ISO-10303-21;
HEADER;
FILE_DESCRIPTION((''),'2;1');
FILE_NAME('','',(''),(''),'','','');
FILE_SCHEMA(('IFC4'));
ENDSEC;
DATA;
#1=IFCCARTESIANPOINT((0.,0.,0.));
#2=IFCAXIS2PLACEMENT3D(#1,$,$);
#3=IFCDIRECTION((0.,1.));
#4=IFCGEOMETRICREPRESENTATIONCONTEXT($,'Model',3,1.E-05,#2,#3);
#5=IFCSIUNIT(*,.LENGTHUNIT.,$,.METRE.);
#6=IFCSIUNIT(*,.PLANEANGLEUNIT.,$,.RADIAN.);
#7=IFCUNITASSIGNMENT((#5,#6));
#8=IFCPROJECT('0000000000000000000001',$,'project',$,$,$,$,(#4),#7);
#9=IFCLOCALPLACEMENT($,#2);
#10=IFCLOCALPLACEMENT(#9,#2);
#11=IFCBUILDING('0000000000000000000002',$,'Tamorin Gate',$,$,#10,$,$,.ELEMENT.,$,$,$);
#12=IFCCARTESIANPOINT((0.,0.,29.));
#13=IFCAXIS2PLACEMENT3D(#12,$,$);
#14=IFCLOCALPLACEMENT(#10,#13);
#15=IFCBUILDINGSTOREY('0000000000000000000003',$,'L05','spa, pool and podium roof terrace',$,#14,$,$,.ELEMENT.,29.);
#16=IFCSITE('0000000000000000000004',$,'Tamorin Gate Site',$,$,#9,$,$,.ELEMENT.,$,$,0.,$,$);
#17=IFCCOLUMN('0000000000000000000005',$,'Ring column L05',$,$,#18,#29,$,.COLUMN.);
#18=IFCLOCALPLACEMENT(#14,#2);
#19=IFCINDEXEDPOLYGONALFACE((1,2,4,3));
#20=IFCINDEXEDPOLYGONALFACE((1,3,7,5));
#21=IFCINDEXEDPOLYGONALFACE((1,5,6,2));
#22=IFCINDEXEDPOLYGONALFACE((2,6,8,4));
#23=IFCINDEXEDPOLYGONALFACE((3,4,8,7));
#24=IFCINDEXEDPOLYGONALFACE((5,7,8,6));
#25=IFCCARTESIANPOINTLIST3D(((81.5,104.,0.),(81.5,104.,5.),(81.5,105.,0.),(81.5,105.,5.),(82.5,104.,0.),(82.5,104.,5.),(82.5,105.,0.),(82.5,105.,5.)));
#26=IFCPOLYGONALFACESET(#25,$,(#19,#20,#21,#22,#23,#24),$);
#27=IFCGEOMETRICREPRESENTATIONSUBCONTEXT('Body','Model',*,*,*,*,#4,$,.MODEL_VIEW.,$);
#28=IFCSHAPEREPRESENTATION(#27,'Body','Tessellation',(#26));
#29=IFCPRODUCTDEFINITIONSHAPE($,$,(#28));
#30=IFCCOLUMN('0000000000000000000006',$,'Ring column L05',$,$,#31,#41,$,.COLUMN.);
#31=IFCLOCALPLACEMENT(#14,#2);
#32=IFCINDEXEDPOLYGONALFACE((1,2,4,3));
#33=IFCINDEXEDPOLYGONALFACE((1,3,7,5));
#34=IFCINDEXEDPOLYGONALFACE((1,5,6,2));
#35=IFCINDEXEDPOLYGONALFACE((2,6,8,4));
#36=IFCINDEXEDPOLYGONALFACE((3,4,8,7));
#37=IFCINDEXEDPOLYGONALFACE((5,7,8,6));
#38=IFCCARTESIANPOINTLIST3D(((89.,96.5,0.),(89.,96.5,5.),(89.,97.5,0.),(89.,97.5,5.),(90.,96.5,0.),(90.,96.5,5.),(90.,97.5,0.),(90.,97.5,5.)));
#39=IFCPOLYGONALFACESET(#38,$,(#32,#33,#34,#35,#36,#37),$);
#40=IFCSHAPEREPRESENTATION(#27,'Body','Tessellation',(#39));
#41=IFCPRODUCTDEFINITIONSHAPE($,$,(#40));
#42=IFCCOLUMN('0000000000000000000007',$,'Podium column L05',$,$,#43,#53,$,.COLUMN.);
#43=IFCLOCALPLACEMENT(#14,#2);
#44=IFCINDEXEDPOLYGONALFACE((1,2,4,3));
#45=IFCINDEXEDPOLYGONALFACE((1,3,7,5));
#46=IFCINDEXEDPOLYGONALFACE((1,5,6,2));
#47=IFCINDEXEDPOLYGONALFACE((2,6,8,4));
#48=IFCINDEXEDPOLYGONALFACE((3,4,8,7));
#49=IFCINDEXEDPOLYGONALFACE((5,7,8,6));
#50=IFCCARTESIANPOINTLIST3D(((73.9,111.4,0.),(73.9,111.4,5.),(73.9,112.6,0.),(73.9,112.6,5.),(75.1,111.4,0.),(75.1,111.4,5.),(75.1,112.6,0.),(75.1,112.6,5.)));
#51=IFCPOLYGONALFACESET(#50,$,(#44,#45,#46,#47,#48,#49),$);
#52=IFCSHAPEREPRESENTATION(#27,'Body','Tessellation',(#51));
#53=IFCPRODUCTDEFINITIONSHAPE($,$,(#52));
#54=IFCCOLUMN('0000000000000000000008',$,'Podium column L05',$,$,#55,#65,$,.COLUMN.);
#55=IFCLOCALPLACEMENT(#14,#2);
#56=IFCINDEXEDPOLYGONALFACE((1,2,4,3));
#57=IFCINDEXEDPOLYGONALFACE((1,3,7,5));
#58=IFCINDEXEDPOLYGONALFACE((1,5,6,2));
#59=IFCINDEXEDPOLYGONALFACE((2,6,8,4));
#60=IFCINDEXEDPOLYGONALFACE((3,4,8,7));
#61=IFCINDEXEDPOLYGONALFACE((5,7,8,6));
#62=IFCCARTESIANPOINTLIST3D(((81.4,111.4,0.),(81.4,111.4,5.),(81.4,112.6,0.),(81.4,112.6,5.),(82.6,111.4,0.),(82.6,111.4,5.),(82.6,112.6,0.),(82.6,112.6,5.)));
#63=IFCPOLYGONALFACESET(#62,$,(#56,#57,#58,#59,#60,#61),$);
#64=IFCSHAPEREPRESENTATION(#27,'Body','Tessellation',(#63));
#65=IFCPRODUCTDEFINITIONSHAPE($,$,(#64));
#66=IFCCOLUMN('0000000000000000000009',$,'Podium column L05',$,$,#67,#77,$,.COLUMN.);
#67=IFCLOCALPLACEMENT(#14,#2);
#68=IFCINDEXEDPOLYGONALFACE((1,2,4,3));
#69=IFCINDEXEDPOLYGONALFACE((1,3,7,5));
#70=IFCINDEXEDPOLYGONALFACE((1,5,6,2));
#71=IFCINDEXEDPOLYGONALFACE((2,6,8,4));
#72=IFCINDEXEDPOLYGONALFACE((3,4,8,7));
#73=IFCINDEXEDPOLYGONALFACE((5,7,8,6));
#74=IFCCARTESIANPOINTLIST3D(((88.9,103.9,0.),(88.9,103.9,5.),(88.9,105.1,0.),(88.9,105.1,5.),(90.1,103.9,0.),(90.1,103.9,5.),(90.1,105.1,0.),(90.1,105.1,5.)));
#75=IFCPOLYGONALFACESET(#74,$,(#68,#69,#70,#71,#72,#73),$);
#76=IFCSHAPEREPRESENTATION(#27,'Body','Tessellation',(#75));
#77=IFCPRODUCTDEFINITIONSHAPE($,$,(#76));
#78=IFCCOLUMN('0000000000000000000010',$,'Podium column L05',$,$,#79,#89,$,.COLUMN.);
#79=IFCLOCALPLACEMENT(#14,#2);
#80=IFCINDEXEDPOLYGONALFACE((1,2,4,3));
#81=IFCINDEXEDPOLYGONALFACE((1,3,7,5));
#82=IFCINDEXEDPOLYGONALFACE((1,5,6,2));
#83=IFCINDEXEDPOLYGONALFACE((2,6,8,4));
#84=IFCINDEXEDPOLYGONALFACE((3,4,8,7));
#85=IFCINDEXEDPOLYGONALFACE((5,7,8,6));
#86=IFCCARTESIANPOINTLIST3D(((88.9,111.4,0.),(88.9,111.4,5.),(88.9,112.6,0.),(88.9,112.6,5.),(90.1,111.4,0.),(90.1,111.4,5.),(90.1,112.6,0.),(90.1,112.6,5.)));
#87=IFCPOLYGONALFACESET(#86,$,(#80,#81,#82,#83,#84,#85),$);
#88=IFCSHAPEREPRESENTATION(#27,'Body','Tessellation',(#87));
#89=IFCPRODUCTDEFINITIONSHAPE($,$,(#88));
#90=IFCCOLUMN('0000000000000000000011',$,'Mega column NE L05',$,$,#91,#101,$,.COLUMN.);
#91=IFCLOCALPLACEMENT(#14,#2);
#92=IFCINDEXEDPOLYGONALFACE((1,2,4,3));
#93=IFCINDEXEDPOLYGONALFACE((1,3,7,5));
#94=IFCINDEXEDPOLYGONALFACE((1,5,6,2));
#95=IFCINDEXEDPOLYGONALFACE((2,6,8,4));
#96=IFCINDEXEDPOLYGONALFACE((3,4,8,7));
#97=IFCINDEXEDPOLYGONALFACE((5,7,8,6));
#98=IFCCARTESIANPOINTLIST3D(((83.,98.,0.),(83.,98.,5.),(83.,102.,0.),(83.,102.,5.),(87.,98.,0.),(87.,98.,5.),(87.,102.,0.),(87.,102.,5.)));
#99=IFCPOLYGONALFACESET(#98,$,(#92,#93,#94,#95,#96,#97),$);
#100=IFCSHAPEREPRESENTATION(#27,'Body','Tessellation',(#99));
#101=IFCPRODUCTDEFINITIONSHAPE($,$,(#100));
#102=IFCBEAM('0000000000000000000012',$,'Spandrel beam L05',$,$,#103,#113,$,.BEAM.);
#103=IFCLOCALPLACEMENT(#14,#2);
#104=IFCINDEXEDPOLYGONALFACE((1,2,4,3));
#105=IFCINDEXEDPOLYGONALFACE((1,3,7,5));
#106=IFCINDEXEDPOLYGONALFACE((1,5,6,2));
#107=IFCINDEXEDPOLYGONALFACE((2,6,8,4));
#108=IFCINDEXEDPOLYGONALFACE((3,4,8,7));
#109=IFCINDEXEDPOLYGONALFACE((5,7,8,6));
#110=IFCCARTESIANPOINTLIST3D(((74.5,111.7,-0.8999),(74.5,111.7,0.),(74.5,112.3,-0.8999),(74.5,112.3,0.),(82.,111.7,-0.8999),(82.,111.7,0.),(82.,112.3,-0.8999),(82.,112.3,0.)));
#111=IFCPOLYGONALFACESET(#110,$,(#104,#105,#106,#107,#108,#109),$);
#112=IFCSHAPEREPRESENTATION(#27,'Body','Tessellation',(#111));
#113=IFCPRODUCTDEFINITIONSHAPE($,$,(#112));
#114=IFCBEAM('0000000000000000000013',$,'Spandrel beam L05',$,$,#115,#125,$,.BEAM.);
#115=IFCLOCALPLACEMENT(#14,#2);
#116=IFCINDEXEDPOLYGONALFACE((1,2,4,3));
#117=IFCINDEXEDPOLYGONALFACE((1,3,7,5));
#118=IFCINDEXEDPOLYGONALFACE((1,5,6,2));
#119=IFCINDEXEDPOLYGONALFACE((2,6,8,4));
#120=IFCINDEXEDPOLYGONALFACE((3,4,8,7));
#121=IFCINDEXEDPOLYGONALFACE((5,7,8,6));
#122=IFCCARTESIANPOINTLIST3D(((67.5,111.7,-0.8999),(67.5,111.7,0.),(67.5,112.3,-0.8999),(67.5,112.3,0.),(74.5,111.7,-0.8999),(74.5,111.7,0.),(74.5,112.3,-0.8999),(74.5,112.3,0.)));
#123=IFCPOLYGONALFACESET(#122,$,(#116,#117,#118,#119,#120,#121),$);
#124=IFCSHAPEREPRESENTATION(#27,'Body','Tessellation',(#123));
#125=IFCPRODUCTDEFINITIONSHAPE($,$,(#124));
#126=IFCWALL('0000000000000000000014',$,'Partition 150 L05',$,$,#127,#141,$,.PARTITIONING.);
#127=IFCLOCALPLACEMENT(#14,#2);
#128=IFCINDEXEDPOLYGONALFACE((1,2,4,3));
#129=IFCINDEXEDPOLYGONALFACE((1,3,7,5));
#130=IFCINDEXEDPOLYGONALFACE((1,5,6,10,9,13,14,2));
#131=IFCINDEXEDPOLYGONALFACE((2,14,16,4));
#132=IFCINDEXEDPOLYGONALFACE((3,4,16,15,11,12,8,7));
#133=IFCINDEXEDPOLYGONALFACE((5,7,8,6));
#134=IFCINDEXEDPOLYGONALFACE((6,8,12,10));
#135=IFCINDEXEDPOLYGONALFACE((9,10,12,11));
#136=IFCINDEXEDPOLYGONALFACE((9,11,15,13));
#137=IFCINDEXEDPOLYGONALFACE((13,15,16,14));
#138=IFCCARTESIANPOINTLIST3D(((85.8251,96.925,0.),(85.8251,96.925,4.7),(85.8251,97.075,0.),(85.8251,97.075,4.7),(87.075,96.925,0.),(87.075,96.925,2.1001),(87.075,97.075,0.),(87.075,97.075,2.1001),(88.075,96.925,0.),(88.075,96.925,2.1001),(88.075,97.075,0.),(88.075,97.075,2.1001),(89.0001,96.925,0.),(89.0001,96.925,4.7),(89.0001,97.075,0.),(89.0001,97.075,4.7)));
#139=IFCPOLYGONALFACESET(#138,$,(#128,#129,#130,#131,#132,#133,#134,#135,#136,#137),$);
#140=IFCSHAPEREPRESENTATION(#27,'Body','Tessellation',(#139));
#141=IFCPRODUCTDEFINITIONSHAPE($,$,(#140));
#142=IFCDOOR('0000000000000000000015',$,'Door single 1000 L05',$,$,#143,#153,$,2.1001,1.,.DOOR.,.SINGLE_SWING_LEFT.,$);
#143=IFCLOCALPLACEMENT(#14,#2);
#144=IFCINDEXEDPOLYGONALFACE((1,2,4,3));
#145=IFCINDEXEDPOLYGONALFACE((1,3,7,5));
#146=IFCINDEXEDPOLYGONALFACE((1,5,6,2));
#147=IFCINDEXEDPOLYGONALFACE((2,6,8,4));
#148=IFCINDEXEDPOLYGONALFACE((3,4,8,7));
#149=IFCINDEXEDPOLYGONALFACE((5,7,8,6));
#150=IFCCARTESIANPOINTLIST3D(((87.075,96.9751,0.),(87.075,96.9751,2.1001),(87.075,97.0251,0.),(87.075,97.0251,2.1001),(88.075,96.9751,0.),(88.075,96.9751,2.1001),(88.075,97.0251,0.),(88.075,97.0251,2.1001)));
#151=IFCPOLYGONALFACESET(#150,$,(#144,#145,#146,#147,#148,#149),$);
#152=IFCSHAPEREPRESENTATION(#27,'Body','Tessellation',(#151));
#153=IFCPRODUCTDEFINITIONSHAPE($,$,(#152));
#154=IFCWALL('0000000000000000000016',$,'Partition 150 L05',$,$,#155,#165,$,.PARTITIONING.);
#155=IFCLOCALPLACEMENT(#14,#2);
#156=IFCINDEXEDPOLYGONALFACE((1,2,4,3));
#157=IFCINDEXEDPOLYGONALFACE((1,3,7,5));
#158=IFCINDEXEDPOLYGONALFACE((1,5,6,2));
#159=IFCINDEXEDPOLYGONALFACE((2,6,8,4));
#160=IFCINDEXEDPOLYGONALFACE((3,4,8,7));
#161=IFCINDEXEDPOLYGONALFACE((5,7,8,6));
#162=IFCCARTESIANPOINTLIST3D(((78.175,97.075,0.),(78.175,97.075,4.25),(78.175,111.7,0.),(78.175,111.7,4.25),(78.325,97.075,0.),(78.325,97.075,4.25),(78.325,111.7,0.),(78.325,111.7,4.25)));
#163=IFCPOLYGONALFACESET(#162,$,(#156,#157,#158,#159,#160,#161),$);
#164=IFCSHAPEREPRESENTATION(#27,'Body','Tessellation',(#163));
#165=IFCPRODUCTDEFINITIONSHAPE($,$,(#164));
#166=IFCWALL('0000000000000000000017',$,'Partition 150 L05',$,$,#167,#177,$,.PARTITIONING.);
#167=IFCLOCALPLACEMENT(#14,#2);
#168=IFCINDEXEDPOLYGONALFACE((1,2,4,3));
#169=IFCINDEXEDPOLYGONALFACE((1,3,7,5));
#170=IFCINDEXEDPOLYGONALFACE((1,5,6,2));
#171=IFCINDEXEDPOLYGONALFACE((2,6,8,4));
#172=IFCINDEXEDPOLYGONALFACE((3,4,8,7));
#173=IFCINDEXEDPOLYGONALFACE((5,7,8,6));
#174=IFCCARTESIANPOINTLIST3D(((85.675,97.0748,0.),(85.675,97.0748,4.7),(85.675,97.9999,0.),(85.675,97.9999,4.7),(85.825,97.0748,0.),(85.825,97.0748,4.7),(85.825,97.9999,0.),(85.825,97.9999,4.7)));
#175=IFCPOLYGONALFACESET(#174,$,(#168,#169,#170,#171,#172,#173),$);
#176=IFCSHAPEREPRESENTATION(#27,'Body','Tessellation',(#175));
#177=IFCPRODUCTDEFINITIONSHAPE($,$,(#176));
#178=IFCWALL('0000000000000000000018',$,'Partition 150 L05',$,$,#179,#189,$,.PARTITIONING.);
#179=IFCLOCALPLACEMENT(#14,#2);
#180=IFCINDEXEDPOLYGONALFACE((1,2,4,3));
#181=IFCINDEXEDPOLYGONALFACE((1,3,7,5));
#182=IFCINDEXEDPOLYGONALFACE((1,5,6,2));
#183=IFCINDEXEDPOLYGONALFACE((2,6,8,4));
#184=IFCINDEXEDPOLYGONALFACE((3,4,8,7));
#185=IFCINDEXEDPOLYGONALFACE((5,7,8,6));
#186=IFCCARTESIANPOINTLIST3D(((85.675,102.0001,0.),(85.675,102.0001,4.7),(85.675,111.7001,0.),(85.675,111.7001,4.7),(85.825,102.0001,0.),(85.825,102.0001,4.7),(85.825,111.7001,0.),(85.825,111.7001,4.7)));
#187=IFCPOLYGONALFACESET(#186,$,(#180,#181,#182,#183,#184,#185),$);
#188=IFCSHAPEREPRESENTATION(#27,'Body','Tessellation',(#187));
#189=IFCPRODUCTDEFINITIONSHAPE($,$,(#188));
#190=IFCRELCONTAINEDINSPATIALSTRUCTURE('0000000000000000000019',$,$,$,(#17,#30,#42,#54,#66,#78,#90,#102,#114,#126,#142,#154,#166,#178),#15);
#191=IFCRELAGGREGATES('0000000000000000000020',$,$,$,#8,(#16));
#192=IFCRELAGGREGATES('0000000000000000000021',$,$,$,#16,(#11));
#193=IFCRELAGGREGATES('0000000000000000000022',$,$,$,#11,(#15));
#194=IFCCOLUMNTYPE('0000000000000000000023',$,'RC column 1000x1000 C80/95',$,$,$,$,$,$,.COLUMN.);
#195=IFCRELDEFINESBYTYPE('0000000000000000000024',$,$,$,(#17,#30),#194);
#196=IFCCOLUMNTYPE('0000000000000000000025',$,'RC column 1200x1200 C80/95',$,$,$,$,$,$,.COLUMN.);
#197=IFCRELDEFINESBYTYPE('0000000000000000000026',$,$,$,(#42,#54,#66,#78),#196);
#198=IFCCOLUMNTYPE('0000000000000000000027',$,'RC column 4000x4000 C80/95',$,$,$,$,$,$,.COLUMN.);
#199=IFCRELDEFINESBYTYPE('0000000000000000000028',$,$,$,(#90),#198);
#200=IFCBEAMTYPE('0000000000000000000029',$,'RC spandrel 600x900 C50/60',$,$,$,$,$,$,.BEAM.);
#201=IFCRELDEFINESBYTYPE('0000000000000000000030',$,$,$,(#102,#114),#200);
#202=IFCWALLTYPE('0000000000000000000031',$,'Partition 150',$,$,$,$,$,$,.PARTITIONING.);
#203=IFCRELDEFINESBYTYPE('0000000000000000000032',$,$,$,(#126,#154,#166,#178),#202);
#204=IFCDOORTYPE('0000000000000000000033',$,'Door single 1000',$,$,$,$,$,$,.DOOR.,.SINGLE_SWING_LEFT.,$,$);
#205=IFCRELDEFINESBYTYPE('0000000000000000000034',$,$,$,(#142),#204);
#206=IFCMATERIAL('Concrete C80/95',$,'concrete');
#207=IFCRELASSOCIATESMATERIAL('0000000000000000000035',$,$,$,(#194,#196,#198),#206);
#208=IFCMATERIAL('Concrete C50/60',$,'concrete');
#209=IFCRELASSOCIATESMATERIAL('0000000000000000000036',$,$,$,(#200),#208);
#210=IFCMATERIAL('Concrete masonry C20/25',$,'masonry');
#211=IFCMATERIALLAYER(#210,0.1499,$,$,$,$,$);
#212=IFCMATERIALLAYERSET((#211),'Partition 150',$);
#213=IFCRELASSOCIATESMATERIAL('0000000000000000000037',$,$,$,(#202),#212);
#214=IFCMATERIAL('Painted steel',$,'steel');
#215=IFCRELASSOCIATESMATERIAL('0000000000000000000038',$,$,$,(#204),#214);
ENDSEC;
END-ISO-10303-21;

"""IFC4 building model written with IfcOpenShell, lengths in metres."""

from ifc_helpers import new_model, si_unit, direction, frame, frame_2d, origin, origin_2d, place, context, subcontext, project, spatial, rectangle, extrude, material, layer, layer_set, material_profile, profile_set, type_object, element, fill, save


model = new_model("IFC4")

# Units and contexts
model_context = context("Model", 3, precision=1e-05, world=origin(), true_north=direction((0.0, 1.0)))
body_context = subcontext(model_context, "Body", "Model", "MODEL_VIEW")
ifc_project = project(units=[si_unit("LENGTHUNIT", "METRE"), si_unit("PLANEANGLEUNIT", "RADIAN")], contexts=[model_context])

# Site, building, storey
site_placement = place(None, origin())
site = spatial("IfcSite", under=ifc_project, at=site_placement, Name="Tamorin Gate Site", CompositionType="ELEMENT", RefElevation=0.0)
building_placement = place(site_placement, origin())
building = spatial("IfcBuilding", under=site, at=building_placement, Name="Tamorin Gate", CompositionType="ELEMENT")
storey_placement = place(building_placement, frame((0.0, 0.0, 29.0)))
storey = spatial("IfcBuildingStorey", under=building, at=storey_placement, Name="L05", Description="spa, pool and podium roof terrace", CompositionType="ELEMENT", Elevation=29.0)

# Columns
ifc_material_1 = material(Name="Concrete C80/95", Category="concrete")
ifc_material_profile_1 = material_profile(ifc_material_1, rectangle(XDim=1.0, YDim=1.0, at=origin_2d()), Name="RC 1000x1000")
ifc_profile_set_1 = profile_set([ifc_material_profile_1], Name="Concrete C80/95")
column_type_1 = type_object("IfcColumnType", Name="RC column 1000x1000 C80/95", PredefinedType="COLUMN", material=ifc_profile_set_1)
for number, where, z_axis, x_axis, name in (
    (1, (82.0, 104.5, 0.0), (0.0, 0.0, 1.0), (1.0, 0.0, 0.0), "Ring column L05"),
    (2, (89.5, 97.0, 0.0), (0.0, 0.0, 1.0), (1.0, 0.0, 0.0), "Ring column L05"),
):
    element("IfcColumn", number, at=place(storey_placement, frame(where, z_axis=z_axis, x_axis=x_axis)), inside=storey, type_object=column_type_1, Name=name, PredefinedType="COLUMN", context=body_context, shape_type="SweptSolid", body=[
        extrude(rectangle(XDim=1.0, YDim=1.0, at=origin_2d()), origin(), (0.0, 0.0, 1.0), 5.0),
    ])
ifc_material_profile_2 = material_profile(ifc_material_1, rectangle(XDim=1.2, YDim=1.2, at=origin_2d()), Name="RC 1200x1200")
ifc_profile_set_2 = profile_set([ifc_material_profile_2], Name="Concrete C80/95")
column_type_2 = type_object("IfcColumnType", Name="RC column 1200x1200 C80/95", PredefinedType="COLUMN", material=ifc_profile_set_2)
for number, where, z_axis, x_axis, name in (
    (3, (74.5, 112.0, 0.0), (0.0, 0.0, 1.0), (1.0, 0.0, 0.0), "Podium column L05"),
    (4, (82.0, 112.0, 0.0), (0.0, 0.0, 1.0), (1.0, 0.0, 0.0), "Podium column L05"),
    (5, (89.5, 104.5, 0.0), (0.0, 0.0, 1.0), (1.0, 0.0, 0.0), "Podium column L05"),
    (6, (89.5, 112.0, 0.0), (0.0, 0.0, 1.0), (1.0, 0.0, 0.0), "Podium column L05"),
):
    element("IfcColumn", number, at=place(storey_placement, frame(where, z_axis=z_axis, x_axis=x_axis)), inside=storey, type_object=column_type_2, Name=name, PredefinedType="COLUMN", context=body_context, shape_type="SweptSolid", body=[
        extrude(rectangle(XDim=1.2, YDim=1.2, at=origin_2d()), origin(), (0.0, 0.0, 1.0), 5.0),
    ])
ifc_material_profile_3 = material_profile(ifc_material_1, rectangle(XDim=4.0, YDim=4.0, at=origin_2d()), Name="RC 4000x4000")
ifc_profile_set_3 = profile_set([ifc_material_profile_3], Name="Concrete C80/95")
column_type_3 = type_object("IfcColumnType", Name="RC column 4000x4000 C80/95", PredefinedType="COLUMN", material=ifc_profile_set_3)
column_placement = place(storey_placement, frame((85.0, 100.0, 0.0), z_axis=(0.0, 0.0, 1.0), x_axis=(1.0, 0.0, 0.0)))
element("IfcColumn", 7, at=column_placement, inside=storey, type_object=column_type_3, Name="Mega column NE L05", PredefinedType="COLUMN", context=body_context, shape_type="SweptSolid", body=[
    extrude(rectangle(XDim=4.0, YDim=4.0, at=origin_2d()), origin(), (0.0, 0.0, 1.0), 5.0),
])

# Beams
ifc_material_2 = material(Name="Concrete C50/60", Category="concrete")
ifc_material_profile_4 = material_profile(ifc_material_2, rectangle(XDim=0.6001, YDim=0.8999, at=origin_2d()), Name="RC 600x900")
ifc_profile_set_4 = profile_set([ifc_material_profile_4], Name="Concrete C50/60")
beam_type = type_object("IfcBeamType", Name="RC spandrel 600x900 C50/60", PredefinedType="BEAM", material=ifc_profile_set_4)
beam_1_placement = place(storey_placement, frame((82.0, 112.0, -0.45), z_axis=(-1.0, 0.0, 0.0), x_axis=(0.0, -1.0, 0.0)))
element("IfcBeam", 8, at=beam_1_placement, inside=storey, type_object=beam_type, Name="Spandrel beam L05", PredefinedType="BEAM", context=body_context, shape_type="SweptSolid", body=[
    extrude(rectangle(XDim=0.6001, YDim=0.8999, at=origin_2d()), origin(), (0.0, 0.0, 1.0), 7.5),
])
beam_2_placement = place(storey_placement, frame((74.5, 112.0, -0.45), z_axis=(-1.0, 0.0, 0.0), x_axis=(0.0, -1.0, 0.0)))
element("IfcBeam", 9, at=beam_2_placement, inside=storey, type_object=beam_type, Name="Spandrel beam L05", PredefinedType="BEAM", context=body_context, shape_type="SweptSolid", body=[
    extrude(rectangle(XDim=0.6001, YDim=0.8999, at=origin_2d()), origin(), (0.0, 0.0, 1.0), 7.0),
])

# Wall, opening, door
ifc_material_3 = material(Name="Concrete masonry C20/25", Category="masonry")
ifc_layer_1 = layer(ifc_material_3, 0.1499)
ifc_layer_set_1 = layer_set([ifc_layer_1], Name="Partition 150")
wall_type_1 = type_object("IfcWallType", Name="Partition 150", PredefinedType="PARTITIONING", material=ifc_layer_set_1)
wall_1_placement = place(storey_placement, frame((89.0, 97.0, 0.0), z_axis=(0.0, 0.0, 1.0), x_axis=(-1.0, 0.0, 0.0)))
wall_1 = element("IfcWall", 10, at=wall_1_placement, inside=storey, type_object=wall_type_1, Name="Partition 150 L05", PredefinedType="PARTITIONING", context=body_context, shape_type="SweptSolid", body=[
    extrude(rectangle(XDim=3.175, YDim=0.1499, at=frame_2d((1.5874, 0.0))), origin(), (0.0, 0.0, 1.0), 4.7),
])
opening_1_placement = place(wall_1_placement, frame((0.925, 0.0, 0.0)))
opening_1 = element("IfcOpeningElement", 11, at=opening_1_placement, cuts=wall_1, PredefinedType="OPENING", context=body_context, shape_type="SweptSolid", body=[
    extrude(rectangle(XDim=1.0, YDim=2.1001, at=frame_2d((0.5, 1.05))), frame((0.0, 0.085, 0.0), z_axis=(0.0, -1.0, 0.0), x_axis=(1.0, 0.0, 0.0)), (0.0, 0.0, 1.0), 0.1699),
])
ifc_material_4 = material(Name="Painted steel", Category="steel")
door_type = type_object("IfcDoorType", Name="Door single 1000", OperationType="SINGLE_SWING_LEFT", PredefinedType="DOOR", material=ifc_material_4)
door_placement = place(opening_1_placement, origin())
door = element("IfcDoor", 12, at=door_placement, inside=storey, type_object=door_type, Name="Door single 1000 L05", OperationType="SINGLE_SWING_LEFT", OverallHeight=2.1001, OverallWidth=1.0, PredefinedType="DOOR", context=body_context, shape_type="SweptSolid", body=[
    extrude(rectangle(XDim=1.0, YDim=2.1001, at=frame_2d((0.5, 1.05))), frame((0.0, 0.0249, 0.0), z_axis=(0.0, -1.0, 0.0), x_axis=(1.0, 0.0, 0.0)), (0.0, 0.0, 1.0), 0.05),
])
fill(opening_1, door)

# Walls
wall_2_placement = place(storey_placement, frame((78.25, 97.075, 0.0), z_axis=(0.0, 0.0, 1.0), x_axis=(0.0, 1.0, 0.0)))
element("IfcWall", 13, at=wall_2_placement, inside=storey, type_object=wall_type_1, Name="Partition 150 L05", PredefinedType="PARTITIONING", context=body_context, shape_type="SweptSolid", body=[
    extrude(rectangle(XDim=14.625, YDim=0.1499, at=frame_2d((7.3125, 0.0))), origin(), (0.0, 0.0, 1.0), 4.25),
])
wall_3_placement = place(storey_placement, frame((85.75, 97.075, 0.0), z_axis=(0.0, 0.0, 1.0), x_axis=(0.0, 1.0, 0.0)))
element("IfcWall", 14, at=wall_3_placement, inside=storey, type_object=wall_type_1, Name="Partition 150 L05", PredefinedType="PARTITIONING", context=body_context, shape_type="SweptSolid", body=[
    extrude(rectangle(XDim=0.925, YDim=0.1499, at=frame_2d((0.4624, 0.0))), origin(), (0.0, 0.0, 1.0), 4.7),
])
wall_4_placement = place(storey_placement, frame((85.75, 102.0, 0.0), z_axis=(0.0, 0.0, 1.0), x_axis=(0.0, 1.0, 0.0)))
element("IfcWall", 15, at=wall_4_placement, inside=storey, type_object=wall_type_1, Name="Partition 150 L05", PredefinedType="PARTITIONING", context=body_context, shape_type="SweptSolid", body=[
    extrude(rectangle(XDim=9.7, YDim=0.1499, at=frame_2d((4.8501, 0.0))), origin(), (0.0, 0.0, 1.0), 4.7),
])

save(model, "model.ifc")
